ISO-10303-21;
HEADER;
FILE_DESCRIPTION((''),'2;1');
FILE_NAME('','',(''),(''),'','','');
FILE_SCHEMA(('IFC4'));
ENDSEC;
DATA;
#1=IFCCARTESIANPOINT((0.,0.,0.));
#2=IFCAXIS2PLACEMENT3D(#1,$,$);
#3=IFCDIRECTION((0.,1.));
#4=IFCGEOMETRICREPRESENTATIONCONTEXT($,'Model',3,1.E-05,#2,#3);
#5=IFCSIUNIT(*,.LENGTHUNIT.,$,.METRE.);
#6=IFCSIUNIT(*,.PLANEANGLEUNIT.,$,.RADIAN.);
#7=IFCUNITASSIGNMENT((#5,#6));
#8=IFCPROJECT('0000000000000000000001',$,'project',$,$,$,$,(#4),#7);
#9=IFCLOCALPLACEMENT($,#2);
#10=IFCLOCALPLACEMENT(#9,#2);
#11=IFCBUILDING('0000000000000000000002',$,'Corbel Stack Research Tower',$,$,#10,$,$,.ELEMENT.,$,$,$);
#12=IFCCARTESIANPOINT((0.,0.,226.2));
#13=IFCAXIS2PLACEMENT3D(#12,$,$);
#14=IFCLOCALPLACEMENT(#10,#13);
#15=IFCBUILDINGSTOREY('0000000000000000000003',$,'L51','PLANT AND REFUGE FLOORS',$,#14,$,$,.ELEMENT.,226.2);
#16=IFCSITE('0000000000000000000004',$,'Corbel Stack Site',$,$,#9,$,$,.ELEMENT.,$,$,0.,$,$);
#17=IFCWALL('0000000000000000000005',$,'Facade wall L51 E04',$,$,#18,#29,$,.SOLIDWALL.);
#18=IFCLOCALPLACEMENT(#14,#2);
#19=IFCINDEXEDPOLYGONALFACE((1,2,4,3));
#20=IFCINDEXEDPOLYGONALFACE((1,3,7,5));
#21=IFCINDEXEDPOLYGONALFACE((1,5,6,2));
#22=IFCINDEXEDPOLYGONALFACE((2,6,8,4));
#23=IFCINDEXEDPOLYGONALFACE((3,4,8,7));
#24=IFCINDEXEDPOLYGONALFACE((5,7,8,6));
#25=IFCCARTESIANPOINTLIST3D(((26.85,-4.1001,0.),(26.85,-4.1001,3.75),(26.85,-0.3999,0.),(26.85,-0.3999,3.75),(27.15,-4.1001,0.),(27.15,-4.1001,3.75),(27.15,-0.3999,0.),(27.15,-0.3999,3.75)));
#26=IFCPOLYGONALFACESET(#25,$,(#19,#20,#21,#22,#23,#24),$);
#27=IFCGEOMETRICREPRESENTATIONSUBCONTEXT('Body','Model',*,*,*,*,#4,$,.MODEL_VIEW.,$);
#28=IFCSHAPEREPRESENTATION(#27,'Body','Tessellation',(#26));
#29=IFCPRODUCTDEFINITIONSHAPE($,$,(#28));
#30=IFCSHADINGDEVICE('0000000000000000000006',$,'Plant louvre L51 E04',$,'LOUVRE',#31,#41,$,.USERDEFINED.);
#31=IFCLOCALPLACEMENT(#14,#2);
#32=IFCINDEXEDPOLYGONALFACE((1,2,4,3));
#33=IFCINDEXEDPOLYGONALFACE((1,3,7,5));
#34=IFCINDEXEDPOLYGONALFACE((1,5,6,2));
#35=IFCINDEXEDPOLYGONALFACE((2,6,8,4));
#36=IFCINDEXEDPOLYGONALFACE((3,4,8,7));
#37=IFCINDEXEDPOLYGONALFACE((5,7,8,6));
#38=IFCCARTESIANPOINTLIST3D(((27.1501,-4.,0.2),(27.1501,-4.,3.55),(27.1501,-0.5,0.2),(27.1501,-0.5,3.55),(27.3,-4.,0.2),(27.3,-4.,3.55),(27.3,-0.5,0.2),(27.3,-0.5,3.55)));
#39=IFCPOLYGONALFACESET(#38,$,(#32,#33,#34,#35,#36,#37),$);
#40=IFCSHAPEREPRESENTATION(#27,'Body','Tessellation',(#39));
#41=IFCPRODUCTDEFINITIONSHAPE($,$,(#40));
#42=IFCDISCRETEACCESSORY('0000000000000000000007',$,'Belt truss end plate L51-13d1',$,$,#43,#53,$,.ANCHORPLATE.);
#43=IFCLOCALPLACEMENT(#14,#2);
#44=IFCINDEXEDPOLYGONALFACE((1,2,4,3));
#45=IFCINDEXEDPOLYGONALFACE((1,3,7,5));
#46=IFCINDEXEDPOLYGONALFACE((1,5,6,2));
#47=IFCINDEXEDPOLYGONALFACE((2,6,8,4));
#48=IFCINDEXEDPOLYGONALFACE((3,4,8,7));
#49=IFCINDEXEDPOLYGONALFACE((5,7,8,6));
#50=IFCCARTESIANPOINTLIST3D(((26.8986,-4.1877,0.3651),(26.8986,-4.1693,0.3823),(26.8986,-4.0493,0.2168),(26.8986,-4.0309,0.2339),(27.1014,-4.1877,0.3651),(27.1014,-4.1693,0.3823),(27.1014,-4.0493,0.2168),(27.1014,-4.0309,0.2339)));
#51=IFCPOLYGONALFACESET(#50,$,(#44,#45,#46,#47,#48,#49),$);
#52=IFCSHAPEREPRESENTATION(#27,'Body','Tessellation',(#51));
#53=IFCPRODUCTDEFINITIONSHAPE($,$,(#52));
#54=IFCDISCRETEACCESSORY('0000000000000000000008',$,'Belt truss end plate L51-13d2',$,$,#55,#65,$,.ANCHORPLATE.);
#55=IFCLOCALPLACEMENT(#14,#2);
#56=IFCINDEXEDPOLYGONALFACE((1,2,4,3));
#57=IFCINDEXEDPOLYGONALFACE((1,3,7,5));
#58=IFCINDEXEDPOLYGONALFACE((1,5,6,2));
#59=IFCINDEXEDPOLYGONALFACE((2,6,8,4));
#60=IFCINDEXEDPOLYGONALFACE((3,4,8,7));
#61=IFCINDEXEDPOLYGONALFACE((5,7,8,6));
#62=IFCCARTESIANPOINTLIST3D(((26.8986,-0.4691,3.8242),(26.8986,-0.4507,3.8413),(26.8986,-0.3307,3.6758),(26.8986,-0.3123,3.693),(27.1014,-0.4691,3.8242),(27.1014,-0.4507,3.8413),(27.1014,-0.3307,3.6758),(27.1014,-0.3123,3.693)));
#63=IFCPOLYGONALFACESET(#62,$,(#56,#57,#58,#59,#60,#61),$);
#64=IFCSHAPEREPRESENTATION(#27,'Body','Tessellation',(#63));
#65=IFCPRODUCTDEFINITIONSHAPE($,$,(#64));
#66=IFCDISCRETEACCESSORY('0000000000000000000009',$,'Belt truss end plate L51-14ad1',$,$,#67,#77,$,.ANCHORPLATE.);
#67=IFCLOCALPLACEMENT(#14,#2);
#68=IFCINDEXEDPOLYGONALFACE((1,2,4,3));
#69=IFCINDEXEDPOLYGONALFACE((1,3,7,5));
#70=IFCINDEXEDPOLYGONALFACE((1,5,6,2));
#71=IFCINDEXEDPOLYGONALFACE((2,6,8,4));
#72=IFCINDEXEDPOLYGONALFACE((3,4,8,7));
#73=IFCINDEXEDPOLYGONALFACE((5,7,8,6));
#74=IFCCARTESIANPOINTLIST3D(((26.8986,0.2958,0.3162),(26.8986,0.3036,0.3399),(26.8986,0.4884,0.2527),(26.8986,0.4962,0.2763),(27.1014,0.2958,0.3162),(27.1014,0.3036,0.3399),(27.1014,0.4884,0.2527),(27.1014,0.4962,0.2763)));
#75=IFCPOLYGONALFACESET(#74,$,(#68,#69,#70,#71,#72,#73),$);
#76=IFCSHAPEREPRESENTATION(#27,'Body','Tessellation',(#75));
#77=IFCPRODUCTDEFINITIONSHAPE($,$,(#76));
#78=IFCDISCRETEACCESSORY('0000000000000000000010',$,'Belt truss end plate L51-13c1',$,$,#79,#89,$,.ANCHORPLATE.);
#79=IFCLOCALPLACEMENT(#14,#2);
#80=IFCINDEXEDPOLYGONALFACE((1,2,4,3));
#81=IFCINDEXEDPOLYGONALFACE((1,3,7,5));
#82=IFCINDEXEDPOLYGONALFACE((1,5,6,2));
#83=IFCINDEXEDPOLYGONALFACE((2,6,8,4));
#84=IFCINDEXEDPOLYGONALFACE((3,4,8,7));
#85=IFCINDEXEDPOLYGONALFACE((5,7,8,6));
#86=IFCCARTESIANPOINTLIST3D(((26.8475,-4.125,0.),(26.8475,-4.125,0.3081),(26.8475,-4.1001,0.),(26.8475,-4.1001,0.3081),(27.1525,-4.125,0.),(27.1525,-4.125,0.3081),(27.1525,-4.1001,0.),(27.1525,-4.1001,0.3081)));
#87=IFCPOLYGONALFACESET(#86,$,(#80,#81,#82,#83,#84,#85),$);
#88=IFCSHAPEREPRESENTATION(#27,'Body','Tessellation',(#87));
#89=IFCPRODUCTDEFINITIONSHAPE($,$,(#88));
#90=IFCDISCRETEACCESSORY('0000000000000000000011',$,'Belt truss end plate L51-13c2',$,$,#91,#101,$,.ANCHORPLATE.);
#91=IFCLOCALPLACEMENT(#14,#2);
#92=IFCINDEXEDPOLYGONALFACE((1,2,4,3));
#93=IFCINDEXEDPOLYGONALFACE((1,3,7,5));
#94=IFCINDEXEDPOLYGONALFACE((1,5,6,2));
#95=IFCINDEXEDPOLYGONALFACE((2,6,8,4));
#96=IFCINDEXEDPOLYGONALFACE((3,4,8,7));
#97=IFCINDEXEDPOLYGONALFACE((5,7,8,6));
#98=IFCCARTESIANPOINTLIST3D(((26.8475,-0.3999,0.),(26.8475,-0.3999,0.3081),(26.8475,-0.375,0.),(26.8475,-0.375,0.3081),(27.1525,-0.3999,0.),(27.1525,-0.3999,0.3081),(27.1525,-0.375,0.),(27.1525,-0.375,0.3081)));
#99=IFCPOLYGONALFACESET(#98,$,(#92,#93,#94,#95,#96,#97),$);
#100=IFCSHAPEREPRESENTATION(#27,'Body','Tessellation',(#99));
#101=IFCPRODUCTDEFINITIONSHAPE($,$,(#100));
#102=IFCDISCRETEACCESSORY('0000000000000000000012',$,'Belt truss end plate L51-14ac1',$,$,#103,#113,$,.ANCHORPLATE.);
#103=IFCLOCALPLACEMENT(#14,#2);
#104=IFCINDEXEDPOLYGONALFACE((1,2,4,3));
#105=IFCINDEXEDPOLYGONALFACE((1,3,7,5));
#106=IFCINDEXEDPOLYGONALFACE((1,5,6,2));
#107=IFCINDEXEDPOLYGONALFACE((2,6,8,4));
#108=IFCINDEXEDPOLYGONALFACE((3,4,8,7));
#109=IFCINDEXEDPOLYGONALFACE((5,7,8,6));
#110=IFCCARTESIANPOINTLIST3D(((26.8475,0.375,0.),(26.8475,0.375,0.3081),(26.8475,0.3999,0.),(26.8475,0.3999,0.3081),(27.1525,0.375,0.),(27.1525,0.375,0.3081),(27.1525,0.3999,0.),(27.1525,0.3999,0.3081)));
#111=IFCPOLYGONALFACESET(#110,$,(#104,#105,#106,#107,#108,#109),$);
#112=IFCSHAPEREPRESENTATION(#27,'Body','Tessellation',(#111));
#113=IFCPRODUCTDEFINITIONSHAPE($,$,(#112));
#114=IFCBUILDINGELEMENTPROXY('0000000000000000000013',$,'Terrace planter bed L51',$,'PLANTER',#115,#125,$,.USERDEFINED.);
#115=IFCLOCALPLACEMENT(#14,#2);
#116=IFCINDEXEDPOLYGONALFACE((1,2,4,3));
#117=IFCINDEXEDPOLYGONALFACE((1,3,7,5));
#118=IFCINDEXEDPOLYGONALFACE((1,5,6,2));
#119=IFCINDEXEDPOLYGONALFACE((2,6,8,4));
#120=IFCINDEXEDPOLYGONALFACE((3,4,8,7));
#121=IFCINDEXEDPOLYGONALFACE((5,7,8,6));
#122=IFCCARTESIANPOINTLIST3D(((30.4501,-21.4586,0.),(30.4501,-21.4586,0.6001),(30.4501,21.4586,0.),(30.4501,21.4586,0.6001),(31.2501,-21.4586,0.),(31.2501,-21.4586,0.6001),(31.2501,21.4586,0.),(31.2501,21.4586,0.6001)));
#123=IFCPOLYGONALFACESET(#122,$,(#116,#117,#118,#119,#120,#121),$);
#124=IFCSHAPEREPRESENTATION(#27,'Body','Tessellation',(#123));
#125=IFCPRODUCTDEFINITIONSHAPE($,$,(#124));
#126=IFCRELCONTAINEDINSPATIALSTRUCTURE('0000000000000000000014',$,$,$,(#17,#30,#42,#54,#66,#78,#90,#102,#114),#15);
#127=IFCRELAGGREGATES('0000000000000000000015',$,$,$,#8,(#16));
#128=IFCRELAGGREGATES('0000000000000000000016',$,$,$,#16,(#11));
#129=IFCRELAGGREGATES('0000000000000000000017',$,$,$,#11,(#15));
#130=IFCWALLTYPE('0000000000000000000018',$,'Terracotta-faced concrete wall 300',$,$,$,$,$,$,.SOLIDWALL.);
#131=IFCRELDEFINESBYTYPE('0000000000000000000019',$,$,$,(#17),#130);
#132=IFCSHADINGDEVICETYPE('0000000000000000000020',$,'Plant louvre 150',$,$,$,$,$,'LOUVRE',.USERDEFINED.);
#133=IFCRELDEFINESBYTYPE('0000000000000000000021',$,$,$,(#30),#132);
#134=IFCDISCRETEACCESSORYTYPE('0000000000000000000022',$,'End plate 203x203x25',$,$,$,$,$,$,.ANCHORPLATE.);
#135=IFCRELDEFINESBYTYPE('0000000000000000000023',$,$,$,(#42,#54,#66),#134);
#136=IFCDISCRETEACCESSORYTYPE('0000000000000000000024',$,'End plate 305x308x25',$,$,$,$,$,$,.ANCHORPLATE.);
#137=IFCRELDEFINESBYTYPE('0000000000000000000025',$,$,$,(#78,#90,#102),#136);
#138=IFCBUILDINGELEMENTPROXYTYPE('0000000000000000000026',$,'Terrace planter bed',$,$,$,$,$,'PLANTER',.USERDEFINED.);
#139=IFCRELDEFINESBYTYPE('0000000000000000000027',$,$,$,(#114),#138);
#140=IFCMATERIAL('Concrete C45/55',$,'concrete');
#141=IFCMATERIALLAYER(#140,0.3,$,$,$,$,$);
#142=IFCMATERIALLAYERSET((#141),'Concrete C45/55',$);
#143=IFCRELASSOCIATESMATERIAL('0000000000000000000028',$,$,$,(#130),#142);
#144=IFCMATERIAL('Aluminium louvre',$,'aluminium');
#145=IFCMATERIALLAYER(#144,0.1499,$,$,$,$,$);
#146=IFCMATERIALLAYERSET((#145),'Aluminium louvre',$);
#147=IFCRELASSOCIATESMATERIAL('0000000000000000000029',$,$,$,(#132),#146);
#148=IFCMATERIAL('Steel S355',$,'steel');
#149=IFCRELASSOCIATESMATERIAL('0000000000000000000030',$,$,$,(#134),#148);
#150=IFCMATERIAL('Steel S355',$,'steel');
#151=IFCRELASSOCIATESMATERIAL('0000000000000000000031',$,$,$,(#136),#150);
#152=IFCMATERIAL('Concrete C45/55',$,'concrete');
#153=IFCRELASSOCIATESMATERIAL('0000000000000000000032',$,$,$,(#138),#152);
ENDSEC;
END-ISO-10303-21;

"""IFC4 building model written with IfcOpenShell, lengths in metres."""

from ifc_helpers import new_model, si_unit, direction, frame, frame_2d, origin, origin_2d, place, context, subcontext, project, spatial, rectangle, extrude, material, layer, layer_set, material_profile, profile_set, type_object, element, save


model = new_model("IFC4")

# Units and contexts
model_context = context("Model", 3, precision=1e-05, world=origin(), true_north=direction((0.0, 1.0)))
body_context = subcontext(model_context, "Body", "Model", "MODEL_VIEW")
ifc_project = project(units=[si_unit("LENGTHUNIT", "METRE"), si_unit("PLANEANGLEUNIT", "RADIAN")], contexts=[model_context])

# Site, building, storey
site_placement = place(None, origin())
site = spatial("IfcSite", under=ifc_project, at=site_placement, Name="Corbel Stack Site", CompositionType="ELEMENT", RefElevation=0.0)
building_placement = place(site_placement, origin())
building = spatial("IfcBuilding", under=site, at=building_placement, Name="Corbel Stack Research Tower", CompositionType="ELEMENT")
storey_placement = place(building_placement, frame((0.0, 0.0, 226.2)))
storey = spatial("IfcBuildingStorey", under=building, at=storey_placement, Name="L51", Description="PLANT AND REFUGE FLOORS", CompositionType="ELEMENT", Elevation=226.2)

# Wall
ifc_material_1 = material(Name="Concrete C45/55", Category="concrete")
ifc_layer_1 = layer(ifc_material_1, 0.3)
ifc_layer_set_1 = layer_set([ifc_layer_1], Name="Concrete C45/55")
wall_type_1 = type_object("IfcWallType", Name="Terracotta-faced concrete wall 300", PredefinedType="SOLIDWALL", material=ifc_layer_set_1)
for number, where, z_axis, x_axis, name in (
    (1, (27.0, -0.3999, 0.0), (0.0, 0.0, 1.0), (0.0, -1.0, 0.0), "Facade wall L51 E04"),
):
    element("IfcWall", number, at=place(storey_placement, frame(where, z_axis=z_axis, x_axis=x_axis)), inside=storey, type_object=wall_type_1, Name=name, PredefinedType="SOLIDWALL", context=body_context, shape_type="SweptSolid", body=[
        extrude(rectangle(XDim=3.7002, YDim=0.3, at=frame_2d((1.8501, 0.0))), origin(), (0.0, 0.0, 1.0), 3.75),
    ])

# Shading device
ifc_material_2 = material(Name="Aluminium louvre", Category="aluminium")
ifc_layer_2 = layer(ifc_material_2, 0.1499)
ifc_layer_set_2 = layer_set([ifc_layer_2], Name="Aluminium louvre")
shading_device_type = type_object("IfcShadingDeviceType", Name="Plant louvre 150", ElementType="LOUVRE", PredefinedType="USERDEFINED", material=ifc_layer_set_2)
shading_device_placement = place(storey_placement, frame((27.2251, -2.25, 0.2), z_axis=(0.0, 0.0, 1.0), x_axis=(0.0, 1.0, 0.0)))
element("IfcShadingDevice", 2, at=shading_device_placement, inside=storey, type_object=shading_device_type, Name="Plant louvre L51 E04", ObjectType="LOUVRE", PredefinedType="USERDEFINED", context=body_context, shape_type="SweptSolid", body=[
    extrude(rectangle(XDim=3.5, YDim=0.1499, at=origin_2d()), origin(), (0.0, 0.0, 1.0), 3.3501),
])

# Discrete accessories
ifc_material_3 = material(Name="Steel S355", Category="steel")
ifc_material_profile_1 = material_profile(ifc_material_3, rectangle(XDim=0.2029, YDim=0.2029, at=origin_2d()), Name="End plate 203x203x25")
ifc_profile_set_1 = profile_set([ifc_material_profile_1], Name="Steel S355")
discrete_accessory_type_1 = type_object("IfcDiscreteAccessoryType", Name="End plate 203x203x25", PredefinedType="ANCHORPLATE", material=ifc_profile_set_1)
for number, where, z_axis, x_axis, name in (
    (3, (27.0, -4.1001, 0.3081), (0.0, -0.731055, -0.682318), (1.0, 0.0, 0.0), "Belt truss end plate L51-13d1"),
    (4, (27.0, -0.3999, 3.75), (0.0, 0.731055, 0.682318), (-1.0, 0.0, 0.0), "Belt truss end plate L51-13d2"),
):
    element("IfcDiscreteAccessory", number, at=place(storey_placement, frame(where, z_axis=z_axis, x_axis=x_axis)), inside=storey, type_object=discrete_accessory_type_1, Name=name, PredefinedType="ANCHORPLATE", context=body_context, shape_type="SweptSolid", body=[
        extrude(rectangle(XDim=0.2029, YDim=0.2029, at=origin_2d()), origin(), (0.0, 0.0, 1.0), 0.0251),
    ])
discrete_accessory_placement = place(storey_placement, frame((27.0, 0.3999, 0.3081), z_axis=(0.0, -0.313289, -0.949658), x_axis=(1.0, 0.0, 0.0)))
element("IfcDiscreteAccessory", 5, at=discrete_accessory_placement, inside=storey, type_object=discrete_accessory_type_1, Name="Belt truss end plate L51-14ad1", PredefinedType="ANCHORPLATE", context=body_context, shape_type="SweptSolid", body=[
    extrude(rectangle(XDim=0.2029, YDim=0.2029, at=origin_2d()), origin(), (0.0, 0.0, 1.0), 0.0249),
])
ifc_material_4 = material(Name="Steel S355", Category="steel")
ifc_material_profile_2 = material_profile(ifc_material_4, rectangle(XDim=0.3049, YDim=0.3081, at=origin_2d()), Name="End plate 305x308x25")
ifc_profile_set_2 = profile_set([ifc_material_profile_2], Name="Steel S355")
discrete_accessory_type_2 = type_object("IfcDiscreteAccessoryType", Name="End plate 305x308x25", PredefinedType="ANCHORPLATE", material=ifc_profile_set_2)
for number, where, z_axis, x_axis, name in (
    (6, (27.0, -4.1001, 0.1541), (0.0, -1.0, 0.0), (1.0, 0.0, 0.0), "Belt truss end plate L51-13c1"),
    (7, (27.0, -0.3999, 0.1541), (0.0, 1.0, 0.0), (-1.0, 0.0, 0.0), "Belt truss end plate L51-13c2"),
    (8, (27.0, 0.3999, 0.1541), (0.0, -1.0, 0.0), (1.0, 0.0, 0.0), "Belt truss end plate L51-14ac1"),
):
    element("IfcDiscreteAccessory", number, at=place(storey_placement, frame(where, z_axis=z_axis, x_axis=x_axis)), inside=storey, type_object=discrete_accessory_type_2, Name=name, PredefinedType="ANCHORPLATE", context=body_context, shape_type="SweptSolid", body=[
        extrude(rectangle(XDim=0.3049, YDim=0.3081, at=origin_2d()), origin(), (0.0, 0.0, 1.0), 0.0249),
    ])

# Building element proxy
ifc_material_5 = material(Name="Concrete C45/55", Category="concrete")
building_element_proxy_type = type_object("IfcBuildingElementProxyType", Name="Terrace planter bed", ElementType="PLANTER", PredefinedType="USERDEFINED", material=ifc_material_5)
proxy_placement = place(storey_placement, frame((30.8501, 0.0, 0.0), z_axis=(0.0, 0.0, 1.0), x_axis=(0.0, -1.0, 0.0)))
element("IfcBuildingElementProxy", 9, at=proxy_placement, inside=storey, type_object=building_element_proxy_type, Name="Terrace planter bed L51", ObjectType="PLANTER", PredefinedType="USERDEFINED", context=body_context, shape_type="SweptSolid", body=[
    extrude(rectangle(XDim=42.9172, YDim=0.8, at=origin_2d()), origin(), (0.0, 0.0, 1.0), 0.6001),
])

save(model, "model.ifc")
